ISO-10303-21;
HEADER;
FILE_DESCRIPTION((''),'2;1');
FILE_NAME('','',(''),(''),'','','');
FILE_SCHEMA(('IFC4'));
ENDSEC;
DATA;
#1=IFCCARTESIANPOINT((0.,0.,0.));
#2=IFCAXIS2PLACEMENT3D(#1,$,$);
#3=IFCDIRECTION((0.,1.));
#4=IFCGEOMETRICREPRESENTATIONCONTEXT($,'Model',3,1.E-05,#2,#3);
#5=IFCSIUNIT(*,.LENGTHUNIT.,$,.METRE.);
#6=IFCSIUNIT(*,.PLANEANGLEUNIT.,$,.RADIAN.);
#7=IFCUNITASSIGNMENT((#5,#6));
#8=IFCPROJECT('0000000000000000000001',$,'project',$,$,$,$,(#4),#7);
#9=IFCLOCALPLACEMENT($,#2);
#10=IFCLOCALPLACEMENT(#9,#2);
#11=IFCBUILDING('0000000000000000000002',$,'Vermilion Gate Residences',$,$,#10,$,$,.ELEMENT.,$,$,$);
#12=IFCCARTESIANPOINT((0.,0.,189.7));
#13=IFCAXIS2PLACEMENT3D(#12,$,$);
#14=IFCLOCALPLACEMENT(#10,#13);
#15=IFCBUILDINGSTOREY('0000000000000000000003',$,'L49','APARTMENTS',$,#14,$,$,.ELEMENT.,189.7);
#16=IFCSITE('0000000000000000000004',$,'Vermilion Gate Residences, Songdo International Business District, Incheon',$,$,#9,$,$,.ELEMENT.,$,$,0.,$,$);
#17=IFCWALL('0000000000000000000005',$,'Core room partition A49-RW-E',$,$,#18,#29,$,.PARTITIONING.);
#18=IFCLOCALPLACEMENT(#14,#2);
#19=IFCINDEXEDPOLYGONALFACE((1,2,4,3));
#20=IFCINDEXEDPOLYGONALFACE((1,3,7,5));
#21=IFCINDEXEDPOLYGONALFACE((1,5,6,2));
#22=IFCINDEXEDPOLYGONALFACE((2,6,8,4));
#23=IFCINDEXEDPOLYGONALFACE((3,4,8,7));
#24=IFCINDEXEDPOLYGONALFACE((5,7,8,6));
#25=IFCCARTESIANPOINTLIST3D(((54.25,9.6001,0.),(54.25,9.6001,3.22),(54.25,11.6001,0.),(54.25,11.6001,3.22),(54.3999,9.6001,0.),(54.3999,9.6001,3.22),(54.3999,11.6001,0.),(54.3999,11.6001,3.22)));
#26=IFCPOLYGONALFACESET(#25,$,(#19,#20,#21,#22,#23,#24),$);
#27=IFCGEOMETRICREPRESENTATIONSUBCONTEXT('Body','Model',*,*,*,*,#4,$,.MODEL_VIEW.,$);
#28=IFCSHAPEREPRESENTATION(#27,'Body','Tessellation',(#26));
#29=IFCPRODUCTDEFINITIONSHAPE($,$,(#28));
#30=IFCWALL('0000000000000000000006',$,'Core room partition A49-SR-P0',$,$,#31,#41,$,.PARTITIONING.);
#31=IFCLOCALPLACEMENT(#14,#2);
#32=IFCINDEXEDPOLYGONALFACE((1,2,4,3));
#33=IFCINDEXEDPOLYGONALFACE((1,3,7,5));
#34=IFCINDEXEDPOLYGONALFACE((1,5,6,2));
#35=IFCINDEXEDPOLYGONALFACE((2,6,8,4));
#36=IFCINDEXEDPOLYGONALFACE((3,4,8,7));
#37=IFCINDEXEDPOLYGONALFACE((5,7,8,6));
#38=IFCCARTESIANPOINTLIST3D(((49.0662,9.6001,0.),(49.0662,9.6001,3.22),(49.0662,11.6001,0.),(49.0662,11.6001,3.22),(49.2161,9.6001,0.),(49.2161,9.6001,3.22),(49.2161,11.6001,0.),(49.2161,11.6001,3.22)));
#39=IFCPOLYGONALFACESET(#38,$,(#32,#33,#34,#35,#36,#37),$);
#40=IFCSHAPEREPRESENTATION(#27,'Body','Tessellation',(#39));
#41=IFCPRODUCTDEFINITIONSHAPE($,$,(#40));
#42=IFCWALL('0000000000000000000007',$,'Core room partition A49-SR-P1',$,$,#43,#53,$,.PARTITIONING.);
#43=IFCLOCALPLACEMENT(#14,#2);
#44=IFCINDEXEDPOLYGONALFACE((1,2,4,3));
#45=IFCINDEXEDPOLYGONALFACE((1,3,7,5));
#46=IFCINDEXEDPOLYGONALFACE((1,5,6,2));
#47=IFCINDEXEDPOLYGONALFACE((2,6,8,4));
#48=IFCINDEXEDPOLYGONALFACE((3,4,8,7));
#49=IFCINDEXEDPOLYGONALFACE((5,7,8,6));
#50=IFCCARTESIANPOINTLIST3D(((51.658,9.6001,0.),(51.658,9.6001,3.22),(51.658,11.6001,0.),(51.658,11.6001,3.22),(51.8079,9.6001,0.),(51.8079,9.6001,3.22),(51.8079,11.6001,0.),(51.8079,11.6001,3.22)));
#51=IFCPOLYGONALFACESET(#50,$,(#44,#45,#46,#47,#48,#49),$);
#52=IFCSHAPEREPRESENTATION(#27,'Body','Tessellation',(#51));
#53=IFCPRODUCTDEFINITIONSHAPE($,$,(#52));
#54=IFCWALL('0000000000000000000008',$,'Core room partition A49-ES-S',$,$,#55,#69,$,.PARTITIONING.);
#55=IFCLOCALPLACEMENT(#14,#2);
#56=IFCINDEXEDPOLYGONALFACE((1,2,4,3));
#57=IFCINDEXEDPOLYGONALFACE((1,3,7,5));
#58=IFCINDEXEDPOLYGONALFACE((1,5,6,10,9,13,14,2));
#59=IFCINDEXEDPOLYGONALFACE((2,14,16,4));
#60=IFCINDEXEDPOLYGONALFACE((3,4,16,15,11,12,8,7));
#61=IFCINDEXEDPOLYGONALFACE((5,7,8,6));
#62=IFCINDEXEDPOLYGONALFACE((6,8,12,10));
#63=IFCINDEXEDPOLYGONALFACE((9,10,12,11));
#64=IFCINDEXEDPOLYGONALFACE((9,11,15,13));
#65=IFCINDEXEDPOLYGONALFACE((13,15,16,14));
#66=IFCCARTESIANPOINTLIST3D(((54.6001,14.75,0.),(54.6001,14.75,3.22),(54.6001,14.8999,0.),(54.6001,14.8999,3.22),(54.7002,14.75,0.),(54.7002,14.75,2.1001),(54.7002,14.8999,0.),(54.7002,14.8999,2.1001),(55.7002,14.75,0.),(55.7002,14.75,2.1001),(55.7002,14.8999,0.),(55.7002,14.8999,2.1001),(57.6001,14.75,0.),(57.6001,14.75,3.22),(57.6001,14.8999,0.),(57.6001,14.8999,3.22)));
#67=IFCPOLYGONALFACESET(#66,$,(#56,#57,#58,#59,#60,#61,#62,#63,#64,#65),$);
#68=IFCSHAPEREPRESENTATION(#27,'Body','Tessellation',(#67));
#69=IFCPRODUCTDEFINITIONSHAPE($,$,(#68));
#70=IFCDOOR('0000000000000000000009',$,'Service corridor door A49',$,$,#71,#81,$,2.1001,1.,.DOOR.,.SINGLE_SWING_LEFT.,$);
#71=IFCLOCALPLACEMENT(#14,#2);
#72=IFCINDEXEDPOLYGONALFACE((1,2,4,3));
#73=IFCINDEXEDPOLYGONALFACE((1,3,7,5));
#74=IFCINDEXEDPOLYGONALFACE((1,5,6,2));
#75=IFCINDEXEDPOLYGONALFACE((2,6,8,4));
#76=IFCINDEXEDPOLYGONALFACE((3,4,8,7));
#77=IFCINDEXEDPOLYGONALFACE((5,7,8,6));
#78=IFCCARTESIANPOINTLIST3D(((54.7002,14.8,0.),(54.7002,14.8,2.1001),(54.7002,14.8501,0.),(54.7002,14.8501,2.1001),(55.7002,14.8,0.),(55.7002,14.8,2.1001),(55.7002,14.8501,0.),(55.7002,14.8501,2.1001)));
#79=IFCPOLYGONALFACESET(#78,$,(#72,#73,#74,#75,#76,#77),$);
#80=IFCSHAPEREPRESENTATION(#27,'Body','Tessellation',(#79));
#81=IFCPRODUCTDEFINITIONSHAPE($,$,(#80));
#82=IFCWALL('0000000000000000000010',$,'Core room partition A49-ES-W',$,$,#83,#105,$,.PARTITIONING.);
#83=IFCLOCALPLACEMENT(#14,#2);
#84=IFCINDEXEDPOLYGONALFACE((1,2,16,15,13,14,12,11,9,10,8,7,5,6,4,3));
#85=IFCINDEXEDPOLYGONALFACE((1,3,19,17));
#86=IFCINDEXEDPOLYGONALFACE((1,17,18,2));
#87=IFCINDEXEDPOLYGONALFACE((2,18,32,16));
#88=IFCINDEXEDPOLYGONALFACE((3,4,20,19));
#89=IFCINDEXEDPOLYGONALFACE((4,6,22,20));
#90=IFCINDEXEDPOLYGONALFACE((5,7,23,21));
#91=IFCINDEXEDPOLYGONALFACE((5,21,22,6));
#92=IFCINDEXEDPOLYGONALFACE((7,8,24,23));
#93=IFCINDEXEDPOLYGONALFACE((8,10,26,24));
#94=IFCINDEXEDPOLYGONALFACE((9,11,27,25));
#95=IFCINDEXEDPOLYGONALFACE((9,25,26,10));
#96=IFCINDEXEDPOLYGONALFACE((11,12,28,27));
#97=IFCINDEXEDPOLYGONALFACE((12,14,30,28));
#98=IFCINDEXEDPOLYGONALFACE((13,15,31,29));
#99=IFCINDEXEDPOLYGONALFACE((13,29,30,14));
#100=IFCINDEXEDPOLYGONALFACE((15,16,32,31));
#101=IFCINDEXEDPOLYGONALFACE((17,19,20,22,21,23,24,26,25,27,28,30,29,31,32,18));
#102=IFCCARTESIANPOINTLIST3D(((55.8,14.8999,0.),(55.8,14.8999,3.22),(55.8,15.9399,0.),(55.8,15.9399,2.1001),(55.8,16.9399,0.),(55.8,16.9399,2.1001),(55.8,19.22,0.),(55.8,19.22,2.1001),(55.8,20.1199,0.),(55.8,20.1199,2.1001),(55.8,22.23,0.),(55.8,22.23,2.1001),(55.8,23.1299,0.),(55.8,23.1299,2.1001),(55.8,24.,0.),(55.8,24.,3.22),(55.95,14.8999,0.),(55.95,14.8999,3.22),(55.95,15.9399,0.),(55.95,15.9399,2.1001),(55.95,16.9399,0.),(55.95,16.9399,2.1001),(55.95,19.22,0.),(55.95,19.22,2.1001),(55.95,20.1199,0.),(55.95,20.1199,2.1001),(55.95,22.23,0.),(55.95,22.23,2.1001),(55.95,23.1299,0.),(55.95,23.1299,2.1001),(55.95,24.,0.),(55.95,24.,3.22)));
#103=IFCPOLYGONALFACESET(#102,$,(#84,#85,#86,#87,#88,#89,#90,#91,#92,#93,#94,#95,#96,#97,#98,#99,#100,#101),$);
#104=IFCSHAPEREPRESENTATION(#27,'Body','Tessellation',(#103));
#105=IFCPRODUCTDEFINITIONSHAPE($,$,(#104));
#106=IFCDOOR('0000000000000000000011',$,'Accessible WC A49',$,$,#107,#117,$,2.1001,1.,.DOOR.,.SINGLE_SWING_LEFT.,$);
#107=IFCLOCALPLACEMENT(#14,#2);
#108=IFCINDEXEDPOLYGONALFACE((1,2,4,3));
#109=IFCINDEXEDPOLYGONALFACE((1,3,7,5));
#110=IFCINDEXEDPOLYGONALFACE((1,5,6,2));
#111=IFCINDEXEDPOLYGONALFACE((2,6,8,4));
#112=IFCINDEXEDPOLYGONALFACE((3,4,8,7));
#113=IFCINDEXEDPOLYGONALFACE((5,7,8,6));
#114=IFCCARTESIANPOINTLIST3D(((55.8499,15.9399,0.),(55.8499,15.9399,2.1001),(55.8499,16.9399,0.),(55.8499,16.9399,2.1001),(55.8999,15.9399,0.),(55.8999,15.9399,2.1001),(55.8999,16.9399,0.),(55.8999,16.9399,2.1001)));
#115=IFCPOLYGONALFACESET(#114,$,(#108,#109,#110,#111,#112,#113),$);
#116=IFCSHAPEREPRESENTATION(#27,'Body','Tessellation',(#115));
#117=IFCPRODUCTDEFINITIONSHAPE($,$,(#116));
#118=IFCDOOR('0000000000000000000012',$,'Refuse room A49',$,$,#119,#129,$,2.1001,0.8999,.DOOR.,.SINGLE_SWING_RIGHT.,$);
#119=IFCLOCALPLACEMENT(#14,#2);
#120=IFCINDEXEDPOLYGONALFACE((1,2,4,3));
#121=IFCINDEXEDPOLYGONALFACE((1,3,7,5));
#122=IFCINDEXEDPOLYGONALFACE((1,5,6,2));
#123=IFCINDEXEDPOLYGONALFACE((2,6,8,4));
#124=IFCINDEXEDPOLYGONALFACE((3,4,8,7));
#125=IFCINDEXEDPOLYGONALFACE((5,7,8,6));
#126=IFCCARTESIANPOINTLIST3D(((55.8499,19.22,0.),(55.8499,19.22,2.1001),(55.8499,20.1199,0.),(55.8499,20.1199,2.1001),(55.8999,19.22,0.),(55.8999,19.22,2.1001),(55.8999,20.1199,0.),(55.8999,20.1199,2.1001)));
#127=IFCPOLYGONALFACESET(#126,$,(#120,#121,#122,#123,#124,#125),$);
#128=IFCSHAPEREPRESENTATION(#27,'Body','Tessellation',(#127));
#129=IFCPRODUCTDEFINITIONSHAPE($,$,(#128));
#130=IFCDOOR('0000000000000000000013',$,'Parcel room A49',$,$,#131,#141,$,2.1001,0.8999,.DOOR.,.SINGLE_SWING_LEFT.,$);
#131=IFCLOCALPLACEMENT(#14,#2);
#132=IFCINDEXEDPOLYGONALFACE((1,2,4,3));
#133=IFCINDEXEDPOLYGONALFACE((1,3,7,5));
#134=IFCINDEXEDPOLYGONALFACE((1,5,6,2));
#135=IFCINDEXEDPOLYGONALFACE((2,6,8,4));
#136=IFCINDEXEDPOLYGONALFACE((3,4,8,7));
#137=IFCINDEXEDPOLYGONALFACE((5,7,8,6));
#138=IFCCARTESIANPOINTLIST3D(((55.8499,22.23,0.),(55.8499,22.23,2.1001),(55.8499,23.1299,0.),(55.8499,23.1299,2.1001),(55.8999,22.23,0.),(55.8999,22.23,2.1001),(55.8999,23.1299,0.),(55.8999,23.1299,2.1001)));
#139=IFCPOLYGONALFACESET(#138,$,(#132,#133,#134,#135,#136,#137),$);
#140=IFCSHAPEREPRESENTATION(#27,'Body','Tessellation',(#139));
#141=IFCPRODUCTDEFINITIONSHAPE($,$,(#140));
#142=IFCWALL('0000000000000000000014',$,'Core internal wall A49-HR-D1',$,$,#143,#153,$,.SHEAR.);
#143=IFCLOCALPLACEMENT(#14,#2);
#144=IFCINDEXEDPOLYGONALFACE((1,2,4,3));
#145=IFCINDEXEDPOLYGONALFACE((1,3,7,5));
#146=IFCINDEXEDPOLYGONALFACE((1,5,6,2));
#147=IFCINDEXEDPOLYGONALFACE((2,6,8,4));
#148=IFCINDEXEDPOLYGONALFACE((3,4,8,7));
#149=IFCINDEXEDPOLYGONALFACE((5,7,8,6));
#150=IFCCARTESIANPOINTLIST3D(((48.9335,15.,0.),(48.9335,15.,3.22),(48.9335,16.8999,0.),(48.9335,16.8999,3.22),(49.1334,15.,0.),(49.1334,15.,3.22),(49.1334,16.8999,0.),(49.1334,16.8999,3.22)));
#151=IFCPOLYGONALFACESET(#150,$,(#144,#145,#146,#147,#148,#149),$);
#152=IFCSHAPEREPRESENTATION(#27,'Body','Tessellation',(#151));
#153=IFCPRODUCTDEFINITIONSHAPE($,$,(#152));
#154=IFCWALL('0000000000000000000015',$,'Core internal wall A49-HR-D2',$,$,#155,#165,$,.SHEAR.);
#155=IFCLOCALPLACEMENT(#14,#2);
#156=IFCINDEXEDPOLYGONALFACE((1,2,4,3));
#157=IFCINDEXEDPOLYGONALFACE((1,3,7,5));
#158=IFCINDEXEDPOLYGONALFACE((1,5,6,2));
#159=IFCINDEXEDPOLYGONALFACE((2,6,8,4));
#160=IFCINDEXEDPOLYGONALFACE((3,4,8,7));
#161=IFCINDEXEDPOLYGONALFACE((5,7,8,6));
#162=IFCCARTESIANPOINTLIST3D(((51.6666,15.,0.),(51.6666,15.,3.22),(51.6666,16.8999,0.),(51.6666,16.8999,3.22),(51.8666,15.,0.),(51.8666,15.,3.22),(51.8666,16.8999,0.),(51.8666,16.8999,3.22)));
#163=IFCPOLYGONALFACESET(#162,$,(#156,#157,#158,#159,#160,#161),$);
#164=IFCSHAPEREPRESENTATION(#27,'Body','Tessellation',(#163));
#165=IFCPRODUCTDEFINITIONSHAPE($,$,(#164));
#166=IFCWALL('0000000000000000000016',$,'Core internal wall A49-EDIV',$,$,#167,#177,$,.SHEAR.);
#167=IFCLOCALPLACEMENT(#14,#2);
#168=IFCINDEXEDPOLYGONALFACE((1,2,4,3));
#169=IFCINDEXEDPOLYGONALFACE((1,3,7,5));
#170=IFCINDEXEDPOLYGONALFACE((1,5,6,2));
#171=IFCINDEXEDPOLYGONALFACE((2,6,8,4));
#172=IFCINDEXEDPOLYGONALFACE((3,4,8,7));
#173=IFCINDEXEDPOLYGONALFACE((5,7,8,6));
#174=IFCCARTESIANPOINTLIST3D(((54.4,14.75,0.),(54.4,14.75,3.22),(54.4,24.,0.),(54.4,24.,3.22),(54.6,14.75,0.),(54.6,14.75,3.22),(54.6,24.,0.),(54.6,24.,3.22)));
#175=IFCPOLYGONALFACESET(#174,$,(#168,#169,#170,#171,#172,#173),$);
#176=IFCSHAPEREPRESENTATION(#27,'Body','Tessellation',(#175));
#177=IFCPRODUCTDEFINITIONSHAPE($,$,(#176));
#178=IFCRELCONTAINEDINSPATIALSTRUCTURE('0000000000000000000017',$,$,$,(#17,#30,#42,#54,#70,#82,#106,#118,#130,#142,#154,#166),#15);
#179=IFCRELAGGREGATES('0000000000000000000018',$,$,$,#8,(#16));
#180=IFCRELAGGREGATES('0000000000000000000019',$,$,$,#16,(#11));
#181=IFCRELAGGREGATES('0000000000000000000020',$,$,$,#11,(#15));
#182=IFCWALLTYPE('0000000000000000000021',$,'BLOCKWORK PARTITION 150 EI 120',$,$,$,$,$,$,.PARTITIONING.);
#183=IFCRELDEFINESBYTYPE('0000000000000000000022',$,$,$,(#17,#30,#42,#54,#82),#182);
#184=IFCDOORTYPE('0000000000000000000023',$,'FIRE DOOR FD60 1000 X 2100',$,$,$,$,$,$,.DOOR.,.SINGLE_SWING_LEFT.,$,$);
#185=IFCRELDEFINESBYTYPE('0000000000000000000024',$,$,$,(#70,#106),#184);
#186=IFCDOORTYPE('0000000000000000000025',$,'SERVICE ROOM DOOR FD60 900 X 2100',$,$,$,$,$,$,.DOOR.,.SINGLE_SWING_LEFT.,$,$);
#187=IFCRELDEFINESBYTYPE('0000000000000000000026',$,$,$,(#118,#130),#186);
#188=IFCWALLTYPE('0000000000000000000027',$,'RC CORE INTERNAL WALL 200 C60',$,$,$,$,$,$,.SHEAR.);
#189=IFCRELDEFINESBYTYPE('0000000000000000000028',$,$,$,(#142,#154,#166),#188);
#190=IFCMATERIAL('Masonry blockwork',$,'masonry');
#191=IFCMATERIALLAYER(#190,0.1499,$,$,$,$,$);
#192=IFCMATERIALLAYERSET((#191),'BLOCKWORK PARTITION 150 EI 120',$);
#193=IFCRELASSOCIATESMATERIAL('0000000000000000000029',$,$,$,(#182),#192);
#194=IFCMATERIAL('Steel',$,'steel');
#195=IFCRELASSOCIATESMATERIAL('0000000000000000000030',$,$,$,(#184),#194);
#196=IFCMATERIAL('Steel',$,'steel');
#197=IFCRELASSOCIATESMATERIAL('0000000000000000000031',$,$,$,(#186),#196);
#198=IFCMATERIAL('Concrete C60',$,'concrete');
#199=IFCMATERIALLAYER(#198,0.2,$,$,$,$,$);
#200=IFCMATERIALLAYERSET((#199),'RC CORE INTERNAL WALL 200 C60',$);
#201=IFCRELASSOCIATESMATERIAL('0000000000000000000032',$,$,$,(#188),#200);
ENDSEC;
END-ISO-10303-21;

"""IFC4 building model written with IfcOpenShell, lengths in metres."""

from ifc_helpers import new_model, si_unit, direction, frame, frame_2d, origin, place, context, subcontext, project, spatial, rectangle, extrude, material, layer, layer_set, type_object, element, fill, save


model = new_model("IFC4")

# Units and contexts
model_context = context("Model", 3, precision=1e-05, world=origin(), true_north=direction((0.0, 1.0)))
body_context = subcontext(model_context, "Body", "Model", "MODEL_VIEW")
ifc_project = project(units=[si_unit("LENGTHUNIT", "METRE"), si_unit("PLANEANGLEUNIT", "RADIAN")], contexts=[model_context])

# Site, building, storey
site_placement = place(None, origin())
site = spatial("IfcSite", under=ifc_project, at=site_placement, Name="Vermilion Gate Residences, Songdo International Business District, Incheon", CompositionType="ELEMENT", RefElevation=0.0)
building_placement = place(site_placement, origin())
building = spatial("IfcBuilding", under=site, at=building_placement, Name="Vermilion Gate Residences", CompositionType="ELEMENT")
storey_placement = place(building_placement, frame((0.0, 0.0, 189.7)))
storey = spatial("IfcBuildingStorey", under=building, at=storey_placement, Name="L49", Description="APARTMENTS", CompositionType="ELEMENT", Elevation=189.7)

# Walls
ifc_material_1 = material(Name="Masonry blockwork", Category="masonry")
ifc_layer_1 = layer(ifc_material_1, 0.1499)
ifc_layer_set_1 = layer_set([ifc_layer_1], Name="BLOCKWORK PARTITION 150 EI 120")
wall_type_1 = type_object("IfcWallType", Name="BLOCKWORK PARTITION 150 EI 120", PredefinedType="PARTITIONING", material=ifc_layer_set_1)
for number, where, z_axis, x_axis, name in (
    (1, (54.325, 9.6001, 0.0), (0.0, 0.0, 1.0), (0.0, 1.0, 0.0), "Core room partition A49-RW-E"),
    (2, (49.1411, 9.6001, 0.0), (0.0, 0.0, 1.0), (0.0, 1.0, 0.0), "Core room partition A49-SR-P0"),
    (3, (51.7329, 9.6001, 0.0), (0.0, 0.0, 1.0), (0.0, 1.0, 0.0), "Core room partition A49-SR-P1"),
):
    element("IfcWall", number, at=place(storey_placement, frame(where, z_axis=z_axis, x_axis=x_axis)), inside=storey, type_object=wall_type_1, Name=name, PredefinedType="PARTITIONING", context=body_context, shape_type="SweptSolid", body=[
        extrude(rectangle(XDim=2.0, YDim=0.1499, at=frame_2d((1.0, 0.0))), origin(), (0.0, 0.0, 1.0), 3.22),
    ])

# Wall, opening, door
wall_1_placement = place(storey_placement, frame((54.6001, 14.825, 0.0), z_axis=(0.0, 0.0, 1.0), x_axis=(1.0, 0.0, 0.0)))
wall_1 = element("IfcWall", 4, at=wall_1_placement, inside=storey, type_object=wall_type_1, Name="Core room partition A49-ES-S", PredefinedType="PARTITIONING", context=body_context, shape_type="SweptSolid", body=[
    extrude(rectangle(XDim=3.0, YDim=0.1499, at=frame_2d((1.5, 0.0))), origin(), (0.0, 0.0, 1.0), 3.22),
])
opening_1_placement = place(wall_1_placement, frame((0.1001, 0.0, 0.0)))
opening_1 = element("IfcOpeningElement", 5, at=opening_1_placement, cuts=wall_1, PredefinedType="OPENING", context=body_context, shape_type="SweptSolid", body=[
    extrude(rectangle(XDim=1.0, YDim=2.1001, at=frame_2d((0.5, 1.05))), frame((0.0, 0.085, 0.0), z_axis=(0.0, -1.0, 0.0), x_axis=(1.0, 0.0, 0.0)), (0.0, 0.0, 1.0), 0.1699),
])
ifc_material_2 = material(Name="Steel", Category="steel")
door_type_1 = type_object("IfcDoorType", Name="FIRE DOOR FD60 1000 X 2100", OperationType="SINGLE_SWING_LEFT", PredefinedType="DOOR", material=ifc_material_2)
door_1_placement = place(opening_1_placement, frame((1.0, 0.0, 0.0), z_axis=(0.0, 0.0, 1.0), x_axis=(-1.0, 0.0, 0.0)))
door_1 = element("IfcDoor", 6, at=door_1_placement, inside=storey, type_object=door_type_1, Name="Service corridor door A49", OperationType="SINGLE_SWING_LEFT", OverallHeight=2.1001, OverallWidth=1.0, PredefinedType="DOOR", context=body_context, shape_type="SweptSolid", body=[
    extrude(rectangle(XDim=1.0, YDim=2.1001, at=frame_2d((0.5, 1.05))), frame((0.0, 0.0249, 0.0), z_axis=(0.0, -1.0, 0.0), x_axis=(1.0, 0.0, 0.0)), (0.0, 0.0, 1.0), 0.05),
])
fill(opening_1, door_1)

# Wall, openings, doors
wall_2_placement = place(storey_placement, frame((55.875, 14.8999, 0.0), z_axis=(0.0, 0.0, 1.0), x_axis=(0.0, 1.0, 0.0)))
wall_2 = element("IfcWall", 7, at=wall_2_placement, inside=storey, type_object=wall_type_1, Name="Core room partition A49-ES-W", PredefinedType="PARTITIONING", context=body_context, shape_type="SweptSolid", body=[
    extrude(rectangle(XDim=9.1001, YDim=0.1499, at=frame_2d((4.55, 0.0))), origin(), (0.0, 0.0, 1.0), 3.22),
])
opening_2_placement = place(wall_2_placement, frame((1.04, 0.0, 0.0)))
opening_2 = element("IfcOpeningElement", 8, at=opening_2_placement, cuts=wall_2, PredefinedType="OPENING", context=body_context, shape_type="SweptSolid", body=[
    extrude(rectangle(XDim=1.0, YDim=2.1001, at=frame_2d((0.5, 1.05))), frame((0.0, 0.085, 0.0), z_axis=(0.0, -1.0, 0.0), x_axis=(1.0, 0.0, 0.0)), (0.0, 0.0, 1.0), 0.1699),
])
opening_3_placement = place(wall_2_placement, frame((4.3201, 0.0, 0.0)))
opening_3 = element("IfcOpeningElement", 9, at=opening_3_placement, cuts=wall_2, PredefinedType="OPENING", context=body_context, shape_type="SweptSolid", body=[
    extrude(rectangle(XDim=0.8999, YDim=2.1001, at=frame_2d((0.45, 1.05))), frame((0.0, 0.085, 0.0), z_axis=(0.0, -1.0, 0.0), x_axis=(1.0, 0.0, 0.0)), (0.0, 0.0, 1.0), 0.1699),
])
opening_4_placement = place(wall_2_placement, frame((7.3301, 0.0, 0.0)))
opening_4 = element("IfcOpeningElement", 10, at=opening_4_placement, cuts=wall_2, PredefinedType="OPENING", context=body_context, shape_type="SweptSolid", body=[
    extrude(rectangle(XDim=0.8999, YDim=2.1001, at=frame_2d((0.45, 1.05))), frame((0.0, 0.085, 0.0), z_axis=(0.0, -1.0, 0.0), x_axis=(1.0, 0.0, 0.0)), (0.0, 0.0, 1.0), 0.1699),
])
door_2_placement = place(opening_2_placement, frame((1.0, 0.0, 0.0), z_axis=(0.0, 0.0, 1.0), x_axis=(-1.0, 0.0, 0.0)))
door_2 = element("IfcDoor", 11, at=door_2_placement, inside=storey, type_object=door_type_1, Name="Accessible WC A49", OperationType="SINGLE_SWING_LEFT", OverallHeight=2.1001, OverallWidth=1.0, PredefinedType="DOOR", context=body_context, shape_type="SweptSolid", body=[
    extrude(rectangle(XDim=1.0, YDim=2.1001, at=frame_2d((0.5, 1.05))), frame((0.0, 0.0249, 0.0), z_axis=(0.0, -1.0, 0.0), x_axis=(1.0, 0.0, 0.0)), (0.0, 0.0, 1.0), 0.05),
])
fill(opening_2, door_2)
ifc_material_3 = material(Name="Steel", Category="steel")
door_type_2 = type_object("IfcDoorType", Name="SERVICE ROOM DOOR FD60 900 X 2100", OperationType="SINGLE_SWING_LEFT", PredefinedType="DOOR", material=ifc_material_3)
door_3_placement = place(opening_3_placement, frame((0.8999, 0.0, 0.0), z_axis=(0.0, 0.0, 1.0), x_axis=(-1.0, 0.0, 0.0)))
door_3 = element("IfcDoor", 12, at=door_3_placement, inside=storey, type_object=door_type_2, Name="Refuse room A49", OperationType="SINGLE_SWING_RIGHT", OverallHeight=2.1001, OverallWidth=0.8999, PredefinedType="DOOR", context=body_context, shape_type="SweptSolid", body=[
    extrude(rectangle(XDim=0.8999, YDim=2.1001, at=frame_2d((0.45, 1.05))), frame((0.0, 0.0249, 0.0), z_axis=(0.0, -1.0, 0.0), x_axis=(1.0, 0.0, 0.0)), (0.0, 0.0, 1.0), 0.05),
])
fill(opening_3, door_3)
door_4_placement = place(opening_4_placement, frame((0.8999, 0.0, 0.0), z_axis=(0.0, 0.0, 1.0), x_axis=(-1.0, 0.0, 0.0)))
door_4 = element("IfcDoor", 13, at=door_4_placement, inside=storey, type_object=door_type_2, Name="Parcel room A49", OperationType="SINGLE_SWING_LEFT", OverallHeight=2.1001, OverallWidth=0.8999, PredefinedType="DOOR", context=body_context, shape_type="SweptSolid", body=[
    extrude(rectangle(XDim=0.8999, YDim=2.1001, at=frame_2d((0.45, 1.05))), frame((0.0, 0.0249, 0.0), z_axis=(0.0, -1.0, 0.0), x_axis=(1.0, 0.0, 0.0)), (0.0, 0.0, 1.0), 0.05),
])
fill(opening_4, door_4)

# Walls
ifc_material_4 = material(Name="Concrete C60", Category="concrete")
ifc_layer_2 = layer(ifc_material_4, 0.2)
ifc_layer_set_2 = layer_set([ifc_layer_2], Name="RC CORE INTERNAL WALL 200 C60")
wall_type_2 = type_object("IfcWallType", Name="RC CORE INTERNAL WALL 200 C60", PredefinedType="SHEAR", material=ifc_layer_set_2)
for number, where, z_axis, x_axis, name in (
    (14, (49.0334, 15.0, 0.0), (0.0, 0.0, 1.0), (0.0, 1.0, 0.0), "Core internal wall A49-HR-D1"),
    (15, (51.7666, 15.0, 0.0), (0.0, 0.0, 1.0), (0.0, 1.0, 0.0), "Core internal wall A49-HR-D2"),
):
    element("IfcWall", number, at=place(storey_placement, frame(where, z_axis=z_axis, x_axis=x_axis)), inside=storey, type_object=wall_type_2, Name=name, PredefinedType="SHEAR", context=body_context, shape_type="SweptSolid", body=[
        extrude(rectangle(XDim=1.8999, YDim=0.2, at=frame_2d((0.95, 0.0))), origin(), (0.0, 0.0, 1.0), 3.22),
    ])
wall_3_placement = place(storey_placement, frame((54.5, 14.75, 0.0), z_axis=(0.0, 0.0, 1.0), x_axis=(0.0, 1.0, 0.0)))
element("IfcWall", 16, at=wall_3_placement, inside=storey, type_object=wall_type_2, Name="Core internal wall A49-EDIV", PredefinedType="SHEAR", context=body_context, shape_type="SweptSolid", body=[
    extrude(rectangle(XDim=9.25, YDim=0.2, at=frame_2d((4.625, 0.0))), origin(), (0.0, 0.0, 1.0), 3.22),
])

save(model, "model.ifc")
